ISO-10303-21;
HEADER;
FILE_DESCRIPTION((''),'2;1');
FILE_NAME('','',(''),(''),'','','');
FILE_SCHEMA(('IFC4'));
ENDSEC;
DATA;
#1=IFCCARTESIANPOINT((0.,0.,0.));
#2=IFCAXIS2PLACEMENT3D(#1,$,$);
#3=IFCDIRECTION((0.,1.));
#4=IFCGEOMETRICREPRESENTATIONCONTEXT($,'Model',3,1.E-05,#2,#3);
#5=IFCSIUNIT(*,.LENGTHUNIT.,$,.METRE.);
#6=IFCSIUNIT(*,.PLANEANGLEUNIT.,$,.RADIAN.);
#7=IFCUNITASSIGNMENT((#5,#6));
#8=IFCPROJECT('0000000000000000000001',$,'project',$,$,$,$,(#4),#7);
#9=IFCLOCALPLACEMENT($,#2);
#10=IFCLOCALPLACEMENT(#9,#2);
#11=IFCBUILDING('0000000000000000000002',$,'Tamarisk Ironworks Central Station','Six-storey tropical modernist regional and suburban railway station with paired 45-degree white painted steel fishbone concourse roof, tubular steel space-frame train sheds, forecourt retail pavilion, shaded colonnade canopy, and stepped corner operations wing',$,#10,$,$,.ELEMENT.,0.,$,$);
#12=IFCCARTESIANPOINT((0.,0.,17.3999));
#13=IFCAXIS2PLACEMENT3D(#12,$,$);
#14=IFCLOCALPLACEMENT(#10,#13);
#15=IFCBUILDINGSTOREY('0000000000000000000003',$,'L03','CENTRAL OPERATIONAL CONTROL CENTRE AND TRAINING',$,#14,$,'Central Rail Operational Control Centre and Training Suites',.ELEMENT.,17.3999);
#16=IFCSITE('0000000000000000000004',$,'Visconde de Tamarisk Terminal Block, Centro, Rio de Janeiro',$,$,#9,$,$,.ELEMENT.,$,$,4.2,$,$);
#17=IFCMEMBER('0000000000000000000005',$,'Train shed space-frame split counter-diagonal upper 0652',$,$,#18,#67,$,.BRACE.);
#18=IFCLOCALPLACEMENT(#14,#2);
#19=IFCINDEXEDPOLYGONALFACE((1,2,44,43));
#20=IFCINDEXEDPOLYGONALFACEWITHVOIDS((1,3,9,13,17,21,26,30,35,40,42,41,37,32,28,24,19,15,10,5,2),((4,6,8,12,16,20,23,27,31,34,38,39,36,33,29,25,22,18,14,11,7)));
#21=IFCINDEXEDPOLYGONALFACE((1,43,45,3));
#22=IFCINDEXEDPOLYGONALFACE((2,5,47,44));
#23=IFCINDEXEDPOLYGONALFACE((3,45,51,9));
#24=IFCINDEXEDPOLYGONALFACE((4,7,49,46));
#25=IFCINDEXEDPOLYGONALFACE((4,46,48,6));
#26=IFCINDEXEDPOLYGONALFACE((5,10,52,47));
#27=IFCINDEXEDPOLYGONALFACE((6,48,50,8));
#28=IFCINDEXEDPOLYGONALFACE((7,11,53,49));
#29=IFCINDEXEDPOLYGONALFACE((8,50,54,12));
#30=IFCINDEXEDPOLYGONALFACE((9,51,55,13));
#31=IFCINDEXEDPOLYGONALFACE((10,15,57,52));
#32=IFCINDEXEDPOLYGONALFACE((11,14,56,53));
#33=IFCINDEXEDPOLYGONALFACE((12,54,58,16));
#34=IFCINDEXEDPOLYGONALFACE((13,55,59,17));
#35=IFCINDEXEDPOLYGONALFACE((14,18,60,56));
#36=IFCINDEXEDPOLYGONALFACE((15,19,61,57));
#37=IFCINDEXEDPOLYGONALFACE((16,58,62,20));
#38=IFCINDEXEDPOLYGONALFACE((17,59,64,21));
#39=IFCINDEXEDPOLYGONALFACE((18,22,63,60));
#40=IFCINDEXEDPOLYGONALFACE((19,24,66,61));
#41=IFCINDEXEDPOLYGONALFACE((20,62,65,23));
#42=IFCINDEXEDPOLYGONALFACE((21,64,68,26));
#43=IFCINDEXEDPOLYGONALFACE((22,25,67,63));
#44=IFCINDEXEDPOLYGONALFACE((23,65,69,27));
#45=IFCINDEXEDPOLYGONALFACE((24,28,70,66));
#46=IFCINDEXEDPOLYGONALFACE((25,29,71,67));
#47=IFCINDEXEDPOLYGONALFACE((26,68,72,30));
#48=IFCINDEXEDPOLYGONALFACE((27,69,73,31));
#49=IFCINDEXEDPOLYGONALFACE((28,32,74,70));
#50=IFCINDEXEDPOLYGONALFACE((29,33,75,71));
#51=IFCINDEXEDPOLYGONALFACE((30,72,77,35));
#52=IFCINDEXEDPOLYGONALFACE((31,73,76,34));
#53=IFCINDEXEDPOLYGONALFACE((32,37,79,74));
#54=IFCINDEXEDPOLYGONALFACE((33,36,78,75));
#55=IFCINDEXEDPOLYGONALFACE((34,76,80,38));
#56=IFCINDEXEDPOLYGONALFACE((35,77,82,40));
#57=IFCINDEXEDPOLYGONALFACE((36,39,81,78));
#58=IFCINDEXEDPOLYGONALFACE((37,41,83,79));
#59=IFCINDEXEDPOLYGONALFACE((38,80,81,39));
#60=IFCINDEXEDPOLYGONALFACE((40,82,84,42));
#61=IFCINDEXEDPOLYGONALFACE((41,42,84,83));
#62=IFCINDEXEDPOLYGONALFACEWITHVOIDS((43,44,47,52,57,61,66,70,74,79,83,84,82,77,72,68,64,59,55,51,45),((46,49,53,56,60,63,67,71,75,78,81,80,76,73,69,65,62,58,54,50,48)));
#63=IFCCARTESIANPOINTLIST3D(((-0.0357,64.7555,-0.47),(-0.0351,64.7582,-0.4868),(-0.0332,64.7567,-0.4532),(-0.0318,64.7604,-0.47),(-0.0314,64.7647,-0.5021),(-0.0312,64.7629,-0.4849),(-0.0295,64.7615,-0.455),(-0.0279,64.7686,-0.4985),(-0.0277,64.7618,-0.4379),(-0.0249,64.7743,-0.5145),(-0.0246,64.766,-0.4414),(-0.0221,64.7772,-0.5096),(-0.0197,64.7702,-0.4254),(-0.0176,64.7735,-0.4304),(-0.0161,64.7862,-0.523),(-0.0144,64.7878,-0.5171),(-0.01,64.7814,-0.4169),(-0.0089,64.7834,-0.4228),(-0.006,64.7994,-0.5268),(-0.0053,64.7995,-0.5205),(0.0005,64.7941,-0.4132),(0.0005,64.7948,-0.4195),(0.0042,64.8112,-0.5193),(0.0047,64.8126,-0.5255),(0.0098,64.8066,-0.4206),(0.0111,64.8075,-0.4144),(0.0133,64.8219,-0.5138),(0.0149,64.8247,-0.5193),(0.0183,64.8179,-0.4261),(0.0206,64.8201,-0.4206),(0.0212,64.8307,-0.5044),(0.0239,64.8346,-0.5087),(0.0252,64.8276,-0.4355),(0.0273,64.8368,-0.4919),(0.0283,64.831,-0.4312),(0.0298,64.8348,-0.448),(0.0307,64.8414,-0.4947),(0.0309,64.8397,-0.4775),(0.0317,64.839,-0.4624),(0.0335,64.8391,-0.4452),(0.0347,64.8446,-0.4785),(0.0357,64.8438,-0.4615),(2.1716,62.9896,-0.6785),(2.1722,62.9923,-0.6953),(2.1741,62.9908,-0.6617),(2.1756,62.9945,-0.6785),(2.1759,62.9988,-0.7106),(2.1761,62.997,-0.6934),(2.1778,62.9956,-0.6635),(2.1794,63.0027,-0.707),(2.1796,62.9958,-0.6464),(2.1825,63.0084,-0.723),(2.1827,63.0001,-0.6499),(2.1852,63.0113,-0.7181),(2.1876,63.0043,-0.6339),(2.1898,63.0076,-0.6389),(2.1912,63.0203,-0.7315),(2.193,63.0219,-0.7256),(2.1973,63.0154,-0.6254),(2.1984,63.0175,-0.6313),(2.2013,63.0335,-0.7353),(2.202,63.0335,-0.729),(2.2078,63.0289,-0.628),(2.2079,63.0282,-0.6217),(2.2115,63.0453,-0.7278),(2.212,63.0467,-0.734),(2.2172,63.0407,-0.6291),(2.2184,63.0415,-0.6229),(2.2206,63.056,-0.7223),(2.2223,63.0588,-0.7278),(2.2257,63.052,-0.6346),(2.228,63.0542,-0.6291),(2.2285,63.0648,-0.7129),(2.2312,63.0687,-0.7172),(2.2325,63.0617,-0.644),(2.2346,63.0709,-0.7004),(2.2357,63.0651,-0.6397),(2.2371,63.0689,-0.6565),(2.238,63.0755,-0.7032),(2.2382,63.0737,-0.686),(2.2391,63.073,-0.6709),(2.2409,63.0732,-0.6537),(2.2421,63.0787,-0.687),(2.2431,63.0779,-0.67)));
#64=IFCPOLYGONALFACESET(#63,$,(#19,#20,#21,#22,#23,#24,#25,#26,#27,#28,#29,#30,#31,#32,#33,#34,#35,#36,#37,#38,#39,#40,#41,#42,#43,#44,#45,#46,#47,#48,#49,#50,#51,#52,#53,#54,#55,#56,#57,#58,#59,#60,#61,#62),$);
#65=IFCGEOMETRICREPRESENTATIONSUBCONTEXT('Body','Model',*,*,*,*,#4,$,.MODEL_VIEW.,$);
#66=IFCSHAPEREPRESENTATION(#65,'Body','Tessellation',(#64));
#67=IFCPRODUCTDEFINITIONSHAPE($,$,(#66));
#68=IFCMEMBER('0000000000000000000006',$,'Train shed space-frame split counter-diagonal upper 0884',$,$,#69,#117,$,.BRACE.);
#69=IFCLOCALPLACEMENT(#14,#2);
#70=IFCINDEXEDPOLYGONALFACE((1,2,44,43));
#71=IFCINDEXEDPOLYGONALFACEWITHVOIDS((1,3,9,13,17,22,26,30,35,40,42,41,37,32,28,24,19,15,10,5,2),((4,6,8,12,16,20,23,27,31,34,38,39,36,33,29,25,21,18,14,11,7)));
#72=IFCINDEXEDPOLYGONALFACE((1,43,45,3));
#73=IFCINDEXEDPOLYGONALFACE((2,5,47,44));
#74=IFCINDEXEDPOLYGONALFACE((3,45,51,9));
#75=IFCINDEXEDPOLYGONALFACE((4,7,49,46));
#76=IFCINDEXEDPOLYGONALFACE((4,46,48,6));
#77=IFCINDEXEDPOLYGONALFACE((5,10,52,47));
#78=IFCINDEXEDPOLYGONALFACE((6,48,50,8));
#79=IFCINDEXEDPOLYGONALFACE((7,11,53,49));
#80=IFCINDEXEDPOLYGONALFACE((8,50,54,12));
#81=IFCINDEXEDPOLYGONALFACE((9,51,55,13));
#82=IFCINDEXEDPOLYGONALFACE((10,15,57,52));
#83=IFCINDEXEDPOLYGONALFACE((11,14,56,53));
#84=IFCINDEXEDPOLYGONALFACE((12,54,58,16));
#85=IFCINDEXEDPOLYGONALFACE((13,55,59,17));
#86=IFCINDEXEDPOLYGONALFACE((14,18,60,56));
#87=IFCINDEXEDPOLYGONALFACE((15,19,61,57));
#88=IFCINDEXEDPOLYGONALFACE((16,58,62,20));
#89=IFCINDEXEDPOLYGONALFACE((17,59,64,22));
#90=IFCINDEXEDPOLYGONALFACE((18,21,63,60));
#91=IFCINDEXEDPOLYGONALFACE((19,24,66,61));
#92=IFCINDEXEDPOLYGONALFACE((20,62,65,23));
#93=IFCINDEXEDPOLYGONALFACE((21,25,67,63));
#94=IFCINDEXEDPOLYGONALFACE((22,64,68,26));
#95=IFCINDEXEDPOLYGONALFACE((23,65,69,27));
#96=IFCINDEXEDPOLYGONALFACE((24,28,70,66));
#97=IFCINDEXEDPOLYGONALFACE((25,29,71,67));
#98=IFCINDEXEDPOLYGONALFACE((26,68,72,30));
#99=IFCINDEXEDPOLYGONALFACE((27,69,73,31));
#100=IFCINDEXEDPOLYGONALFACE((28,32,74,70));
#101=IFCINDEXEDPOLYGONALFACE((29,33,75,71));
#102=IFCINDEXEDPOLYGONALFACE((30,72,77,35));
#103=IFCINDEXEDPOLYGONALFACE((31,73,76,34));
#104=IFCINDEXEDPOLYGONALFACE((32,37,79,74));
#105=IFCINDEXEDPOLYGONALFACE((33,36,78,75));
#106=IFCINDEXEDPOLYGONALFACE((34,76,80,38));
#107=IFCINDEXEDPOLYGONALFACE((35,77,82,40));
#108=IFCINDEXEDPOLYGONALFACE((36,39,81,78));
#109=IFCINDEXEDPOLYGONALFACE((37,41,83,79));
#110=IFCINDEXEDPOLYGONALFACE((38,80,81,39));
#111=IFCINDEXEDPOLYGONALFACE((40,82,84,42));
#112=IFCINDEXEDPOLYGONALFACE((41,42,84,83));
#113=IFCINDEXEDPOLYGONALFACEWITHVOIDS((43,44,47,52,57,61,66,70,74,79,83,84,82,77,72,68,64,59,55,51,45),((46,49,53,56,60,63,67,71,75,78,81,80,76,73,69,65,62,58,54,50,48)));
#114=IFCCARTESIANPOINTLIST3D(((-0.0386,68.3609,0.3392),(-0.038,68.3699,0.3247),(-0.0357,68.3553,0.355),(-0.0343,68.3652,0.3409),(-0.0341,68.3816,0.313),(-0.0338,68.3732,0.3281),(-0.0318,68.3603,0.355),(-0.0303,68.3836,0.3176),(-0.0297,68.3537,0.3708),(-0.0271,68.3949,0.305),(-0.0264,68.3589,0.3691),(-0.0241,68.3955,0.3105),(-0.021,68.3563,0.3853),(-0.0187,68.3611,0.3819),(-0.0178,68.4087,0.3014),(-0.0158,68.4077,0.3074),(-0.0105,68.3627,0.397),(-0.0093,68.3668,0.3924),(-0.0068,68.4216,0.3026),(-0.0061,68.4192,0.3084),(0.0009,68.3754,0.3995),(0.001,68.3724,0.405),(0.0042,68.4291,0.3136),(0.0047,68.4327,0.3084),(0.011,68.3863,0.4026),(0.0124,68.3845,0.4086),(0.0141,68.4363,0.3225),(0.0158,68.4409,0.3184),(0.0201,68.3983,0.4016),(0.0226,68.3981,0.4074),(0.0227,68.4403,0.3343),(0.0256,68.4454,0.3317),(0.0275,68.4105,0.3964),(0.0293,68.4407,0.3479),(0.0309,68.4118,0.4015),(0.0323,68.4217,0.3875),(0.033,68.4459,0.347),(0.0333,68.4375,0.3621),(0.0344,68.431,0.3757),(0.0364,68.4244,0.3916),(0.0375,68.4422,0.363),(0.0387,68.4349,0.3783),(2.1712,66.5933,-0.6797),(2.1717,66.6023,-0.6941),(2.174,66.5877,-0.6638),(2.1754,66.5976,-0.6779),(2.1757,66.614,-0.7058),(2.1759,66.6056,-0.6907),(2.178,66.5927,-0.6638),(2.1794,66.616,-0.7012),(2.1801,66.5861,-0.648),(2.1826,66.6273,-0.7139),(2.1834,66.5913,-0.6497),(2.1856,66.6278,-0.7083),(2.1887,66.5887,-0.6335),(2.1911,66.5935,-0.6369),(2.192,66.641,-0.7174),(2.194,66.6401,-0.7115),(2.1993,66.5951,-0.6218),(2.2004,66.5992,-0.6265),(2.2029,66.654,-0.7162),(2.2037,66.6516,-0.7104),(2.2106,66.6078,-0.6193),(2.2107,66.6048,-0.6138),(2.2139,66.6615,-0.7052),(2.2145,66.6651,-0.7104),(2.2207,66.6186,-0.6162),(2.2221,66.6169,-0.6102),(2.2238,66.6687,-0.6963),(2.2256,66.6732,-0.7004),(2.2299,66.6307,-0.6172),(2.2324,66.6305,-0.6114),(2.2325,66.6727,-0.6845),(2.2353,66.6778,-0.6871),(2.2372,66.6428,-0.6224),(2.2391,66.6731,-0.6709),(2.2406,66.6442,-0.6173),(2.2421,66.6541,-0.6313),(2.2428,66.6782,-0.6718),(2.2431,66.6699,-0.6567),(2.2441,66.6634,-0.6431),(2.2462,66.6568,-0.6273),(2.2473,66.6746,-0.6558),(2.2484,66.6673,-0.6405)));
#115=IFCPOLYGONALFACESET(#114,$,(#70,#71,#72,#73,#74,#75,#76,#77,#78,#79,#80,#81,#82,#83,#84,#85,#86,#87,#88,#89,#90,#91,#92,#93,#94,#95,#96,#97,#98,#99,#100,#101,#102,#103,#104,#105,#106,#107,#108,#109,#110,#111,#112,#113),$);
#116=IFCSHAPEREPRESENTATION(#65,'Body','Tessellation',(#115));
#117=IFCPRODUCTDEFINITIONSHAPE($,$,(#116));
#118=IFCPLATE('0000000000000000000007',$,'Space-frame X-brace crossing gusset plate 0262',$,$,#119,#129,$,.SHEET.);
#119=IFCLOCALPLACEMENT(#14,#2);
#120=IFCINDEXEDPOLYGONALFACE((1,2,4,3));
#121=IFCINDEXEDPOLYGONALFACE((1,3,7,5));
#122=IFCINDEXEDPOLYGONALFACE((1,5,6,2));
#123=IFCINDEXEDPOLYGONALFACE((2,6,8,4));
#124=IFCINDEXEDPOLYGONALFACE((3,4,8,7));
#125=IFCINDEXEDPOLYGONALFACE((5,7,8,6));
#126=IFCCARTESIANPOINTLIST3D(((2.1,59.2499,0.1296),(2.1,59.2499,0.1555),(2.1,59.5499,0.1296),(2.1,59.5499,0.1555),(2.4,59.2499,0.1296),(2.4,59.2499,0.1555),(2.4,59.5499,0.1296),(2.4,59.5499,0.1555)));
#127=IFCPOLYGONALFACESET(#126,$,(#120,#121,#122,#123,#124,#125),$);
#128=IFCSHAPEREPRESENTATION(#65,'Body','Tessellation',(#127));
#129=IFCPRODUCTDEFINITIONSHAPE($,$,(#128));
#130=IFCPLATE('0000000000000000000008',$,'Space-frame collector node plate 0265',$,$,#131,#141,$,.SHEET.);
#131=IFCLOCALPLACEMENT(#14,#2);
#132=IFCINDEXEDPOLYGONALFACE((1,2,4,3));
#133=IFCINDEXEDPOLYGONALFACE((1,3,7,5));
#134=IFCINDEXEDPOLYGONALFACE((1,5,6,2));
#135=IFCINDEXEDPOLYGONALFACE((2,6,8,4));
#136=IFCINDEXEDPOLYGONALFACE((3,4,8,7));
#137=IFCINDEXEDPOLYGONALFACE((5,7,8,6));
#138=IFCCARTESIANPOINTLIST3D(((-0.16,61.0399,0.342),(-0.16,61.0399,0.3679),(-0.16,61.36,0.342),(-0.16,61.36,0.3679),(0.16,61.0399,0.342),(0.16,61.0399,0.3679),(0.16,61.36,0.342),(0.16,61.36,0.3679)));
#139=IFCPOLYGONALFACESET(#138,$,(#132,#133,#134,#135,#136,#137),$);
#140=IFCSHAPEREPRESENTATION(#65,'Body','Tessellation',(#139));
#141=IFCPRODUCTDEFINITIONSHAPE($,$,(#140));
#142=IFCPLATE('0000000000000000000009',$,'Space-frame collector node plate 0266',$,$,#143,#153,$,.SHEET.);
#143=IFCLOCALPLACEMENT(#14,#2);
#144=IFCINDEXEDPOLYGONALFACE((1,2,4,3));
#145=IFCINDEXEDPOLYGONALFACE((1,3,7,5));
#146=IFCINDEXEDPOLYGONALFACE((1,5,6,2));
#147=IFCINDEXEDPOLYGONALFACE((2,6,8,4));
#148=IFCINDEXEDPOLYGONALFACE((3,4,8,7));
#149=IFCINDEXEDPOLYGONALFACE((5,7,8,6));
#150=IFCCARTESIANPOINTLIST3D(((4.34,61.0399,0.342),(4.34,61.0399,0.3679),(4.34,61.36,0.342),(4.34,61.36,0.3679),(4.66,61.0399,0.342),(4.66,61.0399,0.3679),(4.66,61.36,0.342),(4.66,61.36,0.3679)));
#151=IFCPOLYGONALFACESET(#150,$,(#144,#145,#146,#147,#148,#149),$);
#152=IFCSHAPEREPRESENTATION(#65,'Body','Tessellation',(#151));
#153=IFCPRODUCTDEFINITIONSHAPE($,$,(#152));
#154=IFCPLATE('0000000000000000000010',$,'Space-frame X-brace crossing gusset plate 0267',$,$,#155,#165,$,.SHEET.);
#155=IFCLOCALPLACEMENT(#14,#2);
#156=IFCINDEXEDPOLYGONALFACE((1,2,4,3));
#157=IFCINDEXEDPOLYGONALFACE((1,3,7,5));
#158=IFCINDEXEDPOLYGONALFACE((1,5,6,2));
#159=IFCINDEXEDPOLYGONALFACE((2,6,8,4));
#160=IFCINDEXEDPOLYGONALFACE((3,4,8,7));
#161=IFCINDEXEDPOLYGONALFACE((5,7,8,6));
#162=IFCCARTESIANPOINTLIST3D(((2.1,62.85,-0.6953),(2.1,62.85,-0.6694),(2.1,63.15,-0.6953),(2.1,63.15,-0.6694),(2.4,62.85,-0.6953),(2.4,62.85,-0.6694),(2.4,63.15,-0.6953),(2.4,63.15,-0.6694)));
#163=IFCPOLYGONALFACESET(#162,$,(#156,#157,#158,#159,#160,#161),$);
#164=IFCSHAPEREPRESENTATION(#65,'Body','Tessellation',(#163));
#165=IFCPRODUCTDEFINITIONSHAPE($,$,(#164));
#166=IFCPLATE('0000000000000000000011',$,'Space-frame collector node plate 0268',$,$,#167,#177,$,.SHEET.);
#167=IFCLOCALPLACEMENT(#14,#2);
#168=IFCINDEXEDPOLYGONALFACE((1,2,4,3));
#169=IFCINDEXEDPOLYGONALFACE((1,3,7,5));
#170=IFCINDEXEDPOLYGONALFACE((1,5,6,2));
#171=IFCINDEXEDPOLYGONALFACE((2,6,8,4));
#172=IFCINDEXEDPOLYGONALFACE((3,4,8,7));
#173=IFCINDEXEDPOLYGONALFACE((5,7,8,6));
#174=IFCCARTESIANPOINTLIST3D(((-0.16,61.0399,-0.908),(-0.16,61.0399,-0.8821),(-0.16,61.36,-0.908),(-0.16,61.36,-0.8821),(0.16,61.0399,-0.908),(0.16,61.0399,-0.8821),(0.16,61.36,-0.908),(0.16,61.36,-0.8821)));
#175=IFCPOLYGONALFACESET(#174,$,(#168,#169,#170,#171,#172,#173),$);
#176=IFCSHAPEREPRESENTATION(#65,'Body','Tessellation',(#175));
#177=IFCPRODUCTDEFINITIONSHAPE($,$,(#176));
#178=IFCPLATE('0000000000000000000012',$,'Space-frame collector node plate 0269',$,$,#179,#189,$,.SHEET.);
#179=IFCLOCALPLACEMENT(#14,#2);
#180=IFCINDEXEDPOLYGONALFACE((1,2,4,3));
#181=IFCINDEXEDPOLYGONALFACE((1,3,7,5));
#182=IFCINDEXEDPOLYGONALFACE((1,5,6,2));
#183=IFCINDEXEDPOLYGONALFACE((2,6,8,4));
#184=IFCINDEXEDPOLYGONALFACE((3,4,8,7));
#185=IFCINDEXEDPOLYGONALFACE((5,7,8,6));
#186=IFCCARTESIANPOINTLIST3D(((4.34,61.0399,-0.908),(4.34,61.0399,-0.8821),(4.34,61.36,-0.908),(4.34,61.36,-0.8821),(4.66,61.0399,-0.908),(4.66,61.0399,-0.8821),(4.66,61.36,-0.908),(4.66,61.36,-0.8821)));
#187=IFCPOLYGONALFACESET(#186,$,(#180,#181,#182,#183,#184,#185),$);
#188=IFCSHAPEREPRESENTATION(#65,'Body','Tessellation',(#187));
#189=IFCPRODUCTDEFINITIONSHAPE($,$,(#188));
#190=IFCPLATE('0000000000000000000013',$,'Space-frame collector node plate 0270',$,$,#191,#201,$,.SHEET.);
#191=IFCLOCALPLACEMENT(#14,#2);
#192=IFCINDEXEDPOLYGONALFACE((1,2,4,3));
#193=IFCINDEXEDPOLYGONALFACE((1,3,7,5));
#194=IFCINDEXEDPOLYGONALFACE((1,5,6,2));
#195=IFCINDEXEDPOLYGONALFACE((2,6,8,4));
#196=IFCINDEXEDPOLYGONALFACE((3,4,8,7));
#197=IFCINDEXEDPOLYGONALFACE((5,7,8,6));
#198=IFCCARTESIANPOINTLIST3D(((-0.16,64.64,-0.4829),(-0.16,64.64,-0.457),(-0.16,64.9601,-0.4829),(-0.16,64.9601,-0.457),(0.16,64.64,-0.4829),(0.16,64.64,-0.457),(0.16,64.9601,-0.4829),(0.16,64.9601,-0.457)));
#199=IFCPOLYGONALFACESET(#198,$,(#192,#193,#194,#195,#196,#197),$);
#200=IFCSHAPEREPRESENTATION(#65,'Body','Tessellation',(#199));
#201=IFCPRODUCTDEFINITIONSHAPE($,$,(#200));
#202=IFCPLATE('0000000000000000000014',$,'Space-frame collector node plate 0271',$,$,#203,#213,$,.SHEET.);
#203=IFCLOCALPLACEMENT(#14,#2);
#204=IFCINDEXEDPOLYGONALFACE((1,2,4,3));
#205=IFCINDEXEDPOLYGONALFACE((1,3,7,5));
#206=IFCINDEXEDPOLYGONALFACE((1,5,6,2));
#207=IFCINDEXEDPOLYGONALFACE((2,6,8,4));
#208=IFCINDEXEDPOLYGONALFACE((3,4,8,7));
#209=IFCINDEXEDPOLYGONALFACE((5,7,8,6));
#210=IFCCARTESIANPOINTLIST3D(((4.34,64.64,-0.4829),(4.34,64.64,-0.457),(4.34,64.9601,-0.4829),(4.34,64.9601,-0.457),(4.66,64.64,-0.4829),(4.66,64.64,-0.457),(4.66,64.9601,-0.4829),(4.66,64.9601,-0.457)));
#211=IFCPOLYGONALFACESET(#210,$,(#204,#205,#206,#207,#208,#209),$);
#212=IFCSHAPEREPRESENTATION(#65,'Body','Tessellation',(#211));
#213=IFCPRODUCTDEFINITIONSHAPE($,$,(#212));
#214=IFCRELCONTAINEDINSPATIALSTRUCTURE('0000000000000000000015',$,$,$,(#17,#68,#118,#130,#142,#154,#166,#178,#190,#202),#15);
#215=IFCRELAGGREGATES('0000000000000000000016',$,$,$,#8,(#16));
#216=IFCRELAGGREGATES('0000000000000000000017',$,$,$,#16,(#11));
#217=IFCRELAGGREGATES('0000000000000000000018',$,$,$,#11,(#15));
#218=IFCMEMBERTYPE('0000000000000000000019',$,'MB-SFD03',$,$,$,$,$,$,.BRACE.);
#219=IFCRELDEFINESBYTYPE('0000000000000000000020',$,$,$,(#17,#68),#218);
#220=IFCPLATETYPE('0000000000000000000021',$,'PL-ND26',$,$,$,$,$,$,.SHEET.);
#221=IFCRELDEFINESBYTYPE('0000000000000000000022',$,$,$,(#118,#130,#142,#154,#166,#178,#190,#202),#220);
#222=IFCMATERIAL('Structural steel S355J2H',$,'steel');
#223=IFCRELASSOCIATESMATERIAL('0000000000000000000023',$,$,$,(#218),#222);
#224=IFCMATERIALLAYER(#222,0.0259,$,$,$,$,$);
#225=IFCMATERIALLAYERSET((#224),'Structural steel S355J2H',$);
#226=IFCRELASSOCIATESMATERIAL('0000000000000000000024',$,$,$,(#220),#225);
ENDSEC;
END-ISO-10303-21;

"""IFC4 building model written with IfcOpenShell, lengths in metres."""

from ifc_helpers import new_model, si_unit, direction, frame, origin, origin_2d, place, context, subcontext, project, spatial, rectangle, hollow_circle, extrude, material, layer, layer_set, material_profile, profile_set, type_object, element, save


model = new_model("IFC4")

# Units and contexts
model_context = context("Model", 3, precision=1e-05, world=origin(), true_north=direction((0.0, 1.0)))
body_context = subcontext(model_context, "Body", "Model", "MODEL_VIEW")
ifc_project = project(units=[si_unit("LENGTHUNIT", "METRE"), si_unit("PLANEANGLEUNIT", "RADIAN")], contexts=[model_context])

# Site, building, storey
site_placement = place(None, origin())
site = spatial("IfcSite", under=ifc_project, at=site_placement, Name="Visconde de Tamarisk Terminal Block, Centro, Rio de Janeiro", CompositionType="ELEMENT", RefElevation=4.2)
building_placement = place(site_placement, origin())
building = spatial("IfcBuilding", under=site, at=building_placement, Name="Tamarisk Ironworks Central Station", Description="Six-storey tropical modernist regional and suburban railway station with paired 45-degree white painted steel fishbone concourse roof, tubular steel space-frame train sheds, forecourt retail pavilion, shaded colonnade canopy, and stepped corner operations wing", CompositionType="ELEMENT", ElevationOfRefHeight=0.0)
storey_placement = place(building_placement, frame((0.0, 0.0, 17.3999)))
storey = spatial("IfcBuildingStorey", under=building, at=storey_placement, Name="L03", Description="CENTRAL OPERATIONAL CONTROL CENTRE AND TRAINING", LongName="Central Rail Operational Control Centre and Training Suites", CompositionType="ELEMENT", Elevation=17.3999)

# Members
ifc_material_1 = material(Name="Structural steel S355J2H", Category="steel")
ifc_material_profile_1 = material_profile(ifc_material_1, hollow_circle(Radius=0.0571, WallThickness=0.0063, at=origin_2d()), Name="CHS 114.3x6.3")
ifc_profile_set_1 = profile_set([ifc_material_profile_1], Name="Structural steel S355J2H")
member_type_1 = type_object("IfcMemberType", Name="MB-SFD03", PredefinedType="BRACE", material=ifc_profile_set_1)
for number, where, z_axis, x_axis, name in (
    (1, (2.2073, 63.0342, -0.6785), (-0.778745, 0.623013, 0.073559), (-0.624706, -0.78086, 0.0), "Train shed space-frame split counter-diagonal upper 0652"),
):
    element("IfcMember", number, at=place(storey_placement, frame(where, z_axis=z_axis, x_axis=x_axis)), inside=storey, type_object=member_type_1, Name=name, PredefinedType="BRACE", context=body_context, shape_type="SweptSolid", body=[
        extrude(hollow_circle(Radius=0.0571, WallThickness=0.0063, at=origin_2d()), origin(), (0.0, 0.0, 1.0), 2.8345),
    ])
member_1_placement = place(storey_placement, frame((2.2097, 66.6323, -0.6638), z_axis=(-0.734732, 0.587721, 0.338751), x_axis=(-0.624653, -0.780902, 0.0)))
element("IfcMember", 2, at=member_1_placement, inside=storey, type_object=member_type_1, Name="Train shed space-frame split counter-diagonal upper 0884", PredefinedType="BRACE", context=body_context, shape_type="SweptSolid", body=[
    extrude(hollow_circle(Radius=0.0571, WallThickness=0.0063, at=origin_2d()), origin(), (0.0, 0.0, 1.0), 3.0076),
])

# Plates
ifc_layer_1 = layer(ifc_material_1, 0.0259)
ifc_layer_set_1 = layer_set([ifc_layer_1], Name="Structural steel S355J2H")
plate_type = type_object("IfcPlateType", Name="PL-ND26", PredefinedType="SHEET", material=ifc_layer_set_1)
plate_1_placement = place(storey_placement, frame((2.25, 59.3999, 0.1296), z_axis=(0.0, 0.0, 1.0), x_axis=(1.0, 0.0, 0.0)))
element("IfcPlate", 3, at=plate_1_placement, inside=storey, type_object=plate_type, Name="Space-frame X-brace crossing gusset plate 0262", PredefinedType="SHEET", context=body_context, shape_type="SweptSolid", body=[
    extrude(rectangle(XDim=0.3, YDim=0.3, at=origin_2d()), origin(), (0.0, 0.0, 1.0), 0.0259),
])
for number, where, z_axis, x_axis, name in (
    (4, (0.0, 61.2, 0.342), (0.0, 0.0, 1.0), (1.0, 0.0, 0.0), "Space-frame collector node plate 0265"),
    (5, (4.5, 61.2, 0.342), (0.0, 0.0, 1.0), (1.0, 0.0, 0.0), "Space-frame collector node plate 0266"),
):
    element("IfcPlate", number, at=place(storey_placement, frame(where, z_axis=z_axis, x_axis=x_axis)), inside=storey, type_object=plate_type, Name=name, PredefinedType="SHEET", context=body_context, shape_type="SweptSolid", body=[
        extrude(rectangle(XDim=0.3201, YDim=0.3201, at=origin_2d()), origin(), (0.0, 0.0, 1.0), 0.0259),
    ])
plate_2_placement = place(storey_placement, frame((2.25, 63.0, -0.6953), z_axis=(0.0, 0.0, 1.0), x_axis=(1.0, 0.0, 0.0)))
element("IfcPlate", 6, at=plate_2_placement, inside=storey, type_object=plate_type, Name="Space-frame X-brace crossing gusset plate 0267", PredefinedType="SHEET", context=body_context, shape_type="SweptSolid", body=[
    extrude(rectangle(XDim=0.3, YDim=0.3, at=origin_2d()), origin(), (0.0, 0.0, 1.0), 0.0259),
])
for number, where, z_axis, x_axis, name in (
    (7, (0.0, 61.2, -0.908), (0.0, 0.0, 1.0), (1.0, 0.0, 0.0), "Space-frame collector node plate 0268"),
    (8, (4.5, 61.2, -0.908), (0.0, 0.0, 1.0), (1.0, 0.0, 0.0), "Space-frame collector node plate 0269"),
    (9, (0.0, 64.8, -0.4829), (0.0, 0.0, 1.0), (1.0, 0.0, 0.0), "Space-frame collector node plate 0270"),
    (10, (4.5, 64.8, -0.4829), (0.0, 0.0, 1.0), (1.0, 0.0, 0.0), "Space-frame collector node plate 0271"),
):
    element("IfcPlate", number, at=place(storey_placement, frame(where, z_axis=z_axis, x_axis=x_axis)), inside=storey, type_object=plate_type, Name=name, PredefinedType="SHEET", context=body_context, shape_type="SweptSolid", body=[
        extrude(rectangle(XDim=0.3201, YDim=0.3201, at=origin_2d()), origin(), (0.0, 0.0, 1.0), 0.0259),
    ])

save(model, "model.ifc")
